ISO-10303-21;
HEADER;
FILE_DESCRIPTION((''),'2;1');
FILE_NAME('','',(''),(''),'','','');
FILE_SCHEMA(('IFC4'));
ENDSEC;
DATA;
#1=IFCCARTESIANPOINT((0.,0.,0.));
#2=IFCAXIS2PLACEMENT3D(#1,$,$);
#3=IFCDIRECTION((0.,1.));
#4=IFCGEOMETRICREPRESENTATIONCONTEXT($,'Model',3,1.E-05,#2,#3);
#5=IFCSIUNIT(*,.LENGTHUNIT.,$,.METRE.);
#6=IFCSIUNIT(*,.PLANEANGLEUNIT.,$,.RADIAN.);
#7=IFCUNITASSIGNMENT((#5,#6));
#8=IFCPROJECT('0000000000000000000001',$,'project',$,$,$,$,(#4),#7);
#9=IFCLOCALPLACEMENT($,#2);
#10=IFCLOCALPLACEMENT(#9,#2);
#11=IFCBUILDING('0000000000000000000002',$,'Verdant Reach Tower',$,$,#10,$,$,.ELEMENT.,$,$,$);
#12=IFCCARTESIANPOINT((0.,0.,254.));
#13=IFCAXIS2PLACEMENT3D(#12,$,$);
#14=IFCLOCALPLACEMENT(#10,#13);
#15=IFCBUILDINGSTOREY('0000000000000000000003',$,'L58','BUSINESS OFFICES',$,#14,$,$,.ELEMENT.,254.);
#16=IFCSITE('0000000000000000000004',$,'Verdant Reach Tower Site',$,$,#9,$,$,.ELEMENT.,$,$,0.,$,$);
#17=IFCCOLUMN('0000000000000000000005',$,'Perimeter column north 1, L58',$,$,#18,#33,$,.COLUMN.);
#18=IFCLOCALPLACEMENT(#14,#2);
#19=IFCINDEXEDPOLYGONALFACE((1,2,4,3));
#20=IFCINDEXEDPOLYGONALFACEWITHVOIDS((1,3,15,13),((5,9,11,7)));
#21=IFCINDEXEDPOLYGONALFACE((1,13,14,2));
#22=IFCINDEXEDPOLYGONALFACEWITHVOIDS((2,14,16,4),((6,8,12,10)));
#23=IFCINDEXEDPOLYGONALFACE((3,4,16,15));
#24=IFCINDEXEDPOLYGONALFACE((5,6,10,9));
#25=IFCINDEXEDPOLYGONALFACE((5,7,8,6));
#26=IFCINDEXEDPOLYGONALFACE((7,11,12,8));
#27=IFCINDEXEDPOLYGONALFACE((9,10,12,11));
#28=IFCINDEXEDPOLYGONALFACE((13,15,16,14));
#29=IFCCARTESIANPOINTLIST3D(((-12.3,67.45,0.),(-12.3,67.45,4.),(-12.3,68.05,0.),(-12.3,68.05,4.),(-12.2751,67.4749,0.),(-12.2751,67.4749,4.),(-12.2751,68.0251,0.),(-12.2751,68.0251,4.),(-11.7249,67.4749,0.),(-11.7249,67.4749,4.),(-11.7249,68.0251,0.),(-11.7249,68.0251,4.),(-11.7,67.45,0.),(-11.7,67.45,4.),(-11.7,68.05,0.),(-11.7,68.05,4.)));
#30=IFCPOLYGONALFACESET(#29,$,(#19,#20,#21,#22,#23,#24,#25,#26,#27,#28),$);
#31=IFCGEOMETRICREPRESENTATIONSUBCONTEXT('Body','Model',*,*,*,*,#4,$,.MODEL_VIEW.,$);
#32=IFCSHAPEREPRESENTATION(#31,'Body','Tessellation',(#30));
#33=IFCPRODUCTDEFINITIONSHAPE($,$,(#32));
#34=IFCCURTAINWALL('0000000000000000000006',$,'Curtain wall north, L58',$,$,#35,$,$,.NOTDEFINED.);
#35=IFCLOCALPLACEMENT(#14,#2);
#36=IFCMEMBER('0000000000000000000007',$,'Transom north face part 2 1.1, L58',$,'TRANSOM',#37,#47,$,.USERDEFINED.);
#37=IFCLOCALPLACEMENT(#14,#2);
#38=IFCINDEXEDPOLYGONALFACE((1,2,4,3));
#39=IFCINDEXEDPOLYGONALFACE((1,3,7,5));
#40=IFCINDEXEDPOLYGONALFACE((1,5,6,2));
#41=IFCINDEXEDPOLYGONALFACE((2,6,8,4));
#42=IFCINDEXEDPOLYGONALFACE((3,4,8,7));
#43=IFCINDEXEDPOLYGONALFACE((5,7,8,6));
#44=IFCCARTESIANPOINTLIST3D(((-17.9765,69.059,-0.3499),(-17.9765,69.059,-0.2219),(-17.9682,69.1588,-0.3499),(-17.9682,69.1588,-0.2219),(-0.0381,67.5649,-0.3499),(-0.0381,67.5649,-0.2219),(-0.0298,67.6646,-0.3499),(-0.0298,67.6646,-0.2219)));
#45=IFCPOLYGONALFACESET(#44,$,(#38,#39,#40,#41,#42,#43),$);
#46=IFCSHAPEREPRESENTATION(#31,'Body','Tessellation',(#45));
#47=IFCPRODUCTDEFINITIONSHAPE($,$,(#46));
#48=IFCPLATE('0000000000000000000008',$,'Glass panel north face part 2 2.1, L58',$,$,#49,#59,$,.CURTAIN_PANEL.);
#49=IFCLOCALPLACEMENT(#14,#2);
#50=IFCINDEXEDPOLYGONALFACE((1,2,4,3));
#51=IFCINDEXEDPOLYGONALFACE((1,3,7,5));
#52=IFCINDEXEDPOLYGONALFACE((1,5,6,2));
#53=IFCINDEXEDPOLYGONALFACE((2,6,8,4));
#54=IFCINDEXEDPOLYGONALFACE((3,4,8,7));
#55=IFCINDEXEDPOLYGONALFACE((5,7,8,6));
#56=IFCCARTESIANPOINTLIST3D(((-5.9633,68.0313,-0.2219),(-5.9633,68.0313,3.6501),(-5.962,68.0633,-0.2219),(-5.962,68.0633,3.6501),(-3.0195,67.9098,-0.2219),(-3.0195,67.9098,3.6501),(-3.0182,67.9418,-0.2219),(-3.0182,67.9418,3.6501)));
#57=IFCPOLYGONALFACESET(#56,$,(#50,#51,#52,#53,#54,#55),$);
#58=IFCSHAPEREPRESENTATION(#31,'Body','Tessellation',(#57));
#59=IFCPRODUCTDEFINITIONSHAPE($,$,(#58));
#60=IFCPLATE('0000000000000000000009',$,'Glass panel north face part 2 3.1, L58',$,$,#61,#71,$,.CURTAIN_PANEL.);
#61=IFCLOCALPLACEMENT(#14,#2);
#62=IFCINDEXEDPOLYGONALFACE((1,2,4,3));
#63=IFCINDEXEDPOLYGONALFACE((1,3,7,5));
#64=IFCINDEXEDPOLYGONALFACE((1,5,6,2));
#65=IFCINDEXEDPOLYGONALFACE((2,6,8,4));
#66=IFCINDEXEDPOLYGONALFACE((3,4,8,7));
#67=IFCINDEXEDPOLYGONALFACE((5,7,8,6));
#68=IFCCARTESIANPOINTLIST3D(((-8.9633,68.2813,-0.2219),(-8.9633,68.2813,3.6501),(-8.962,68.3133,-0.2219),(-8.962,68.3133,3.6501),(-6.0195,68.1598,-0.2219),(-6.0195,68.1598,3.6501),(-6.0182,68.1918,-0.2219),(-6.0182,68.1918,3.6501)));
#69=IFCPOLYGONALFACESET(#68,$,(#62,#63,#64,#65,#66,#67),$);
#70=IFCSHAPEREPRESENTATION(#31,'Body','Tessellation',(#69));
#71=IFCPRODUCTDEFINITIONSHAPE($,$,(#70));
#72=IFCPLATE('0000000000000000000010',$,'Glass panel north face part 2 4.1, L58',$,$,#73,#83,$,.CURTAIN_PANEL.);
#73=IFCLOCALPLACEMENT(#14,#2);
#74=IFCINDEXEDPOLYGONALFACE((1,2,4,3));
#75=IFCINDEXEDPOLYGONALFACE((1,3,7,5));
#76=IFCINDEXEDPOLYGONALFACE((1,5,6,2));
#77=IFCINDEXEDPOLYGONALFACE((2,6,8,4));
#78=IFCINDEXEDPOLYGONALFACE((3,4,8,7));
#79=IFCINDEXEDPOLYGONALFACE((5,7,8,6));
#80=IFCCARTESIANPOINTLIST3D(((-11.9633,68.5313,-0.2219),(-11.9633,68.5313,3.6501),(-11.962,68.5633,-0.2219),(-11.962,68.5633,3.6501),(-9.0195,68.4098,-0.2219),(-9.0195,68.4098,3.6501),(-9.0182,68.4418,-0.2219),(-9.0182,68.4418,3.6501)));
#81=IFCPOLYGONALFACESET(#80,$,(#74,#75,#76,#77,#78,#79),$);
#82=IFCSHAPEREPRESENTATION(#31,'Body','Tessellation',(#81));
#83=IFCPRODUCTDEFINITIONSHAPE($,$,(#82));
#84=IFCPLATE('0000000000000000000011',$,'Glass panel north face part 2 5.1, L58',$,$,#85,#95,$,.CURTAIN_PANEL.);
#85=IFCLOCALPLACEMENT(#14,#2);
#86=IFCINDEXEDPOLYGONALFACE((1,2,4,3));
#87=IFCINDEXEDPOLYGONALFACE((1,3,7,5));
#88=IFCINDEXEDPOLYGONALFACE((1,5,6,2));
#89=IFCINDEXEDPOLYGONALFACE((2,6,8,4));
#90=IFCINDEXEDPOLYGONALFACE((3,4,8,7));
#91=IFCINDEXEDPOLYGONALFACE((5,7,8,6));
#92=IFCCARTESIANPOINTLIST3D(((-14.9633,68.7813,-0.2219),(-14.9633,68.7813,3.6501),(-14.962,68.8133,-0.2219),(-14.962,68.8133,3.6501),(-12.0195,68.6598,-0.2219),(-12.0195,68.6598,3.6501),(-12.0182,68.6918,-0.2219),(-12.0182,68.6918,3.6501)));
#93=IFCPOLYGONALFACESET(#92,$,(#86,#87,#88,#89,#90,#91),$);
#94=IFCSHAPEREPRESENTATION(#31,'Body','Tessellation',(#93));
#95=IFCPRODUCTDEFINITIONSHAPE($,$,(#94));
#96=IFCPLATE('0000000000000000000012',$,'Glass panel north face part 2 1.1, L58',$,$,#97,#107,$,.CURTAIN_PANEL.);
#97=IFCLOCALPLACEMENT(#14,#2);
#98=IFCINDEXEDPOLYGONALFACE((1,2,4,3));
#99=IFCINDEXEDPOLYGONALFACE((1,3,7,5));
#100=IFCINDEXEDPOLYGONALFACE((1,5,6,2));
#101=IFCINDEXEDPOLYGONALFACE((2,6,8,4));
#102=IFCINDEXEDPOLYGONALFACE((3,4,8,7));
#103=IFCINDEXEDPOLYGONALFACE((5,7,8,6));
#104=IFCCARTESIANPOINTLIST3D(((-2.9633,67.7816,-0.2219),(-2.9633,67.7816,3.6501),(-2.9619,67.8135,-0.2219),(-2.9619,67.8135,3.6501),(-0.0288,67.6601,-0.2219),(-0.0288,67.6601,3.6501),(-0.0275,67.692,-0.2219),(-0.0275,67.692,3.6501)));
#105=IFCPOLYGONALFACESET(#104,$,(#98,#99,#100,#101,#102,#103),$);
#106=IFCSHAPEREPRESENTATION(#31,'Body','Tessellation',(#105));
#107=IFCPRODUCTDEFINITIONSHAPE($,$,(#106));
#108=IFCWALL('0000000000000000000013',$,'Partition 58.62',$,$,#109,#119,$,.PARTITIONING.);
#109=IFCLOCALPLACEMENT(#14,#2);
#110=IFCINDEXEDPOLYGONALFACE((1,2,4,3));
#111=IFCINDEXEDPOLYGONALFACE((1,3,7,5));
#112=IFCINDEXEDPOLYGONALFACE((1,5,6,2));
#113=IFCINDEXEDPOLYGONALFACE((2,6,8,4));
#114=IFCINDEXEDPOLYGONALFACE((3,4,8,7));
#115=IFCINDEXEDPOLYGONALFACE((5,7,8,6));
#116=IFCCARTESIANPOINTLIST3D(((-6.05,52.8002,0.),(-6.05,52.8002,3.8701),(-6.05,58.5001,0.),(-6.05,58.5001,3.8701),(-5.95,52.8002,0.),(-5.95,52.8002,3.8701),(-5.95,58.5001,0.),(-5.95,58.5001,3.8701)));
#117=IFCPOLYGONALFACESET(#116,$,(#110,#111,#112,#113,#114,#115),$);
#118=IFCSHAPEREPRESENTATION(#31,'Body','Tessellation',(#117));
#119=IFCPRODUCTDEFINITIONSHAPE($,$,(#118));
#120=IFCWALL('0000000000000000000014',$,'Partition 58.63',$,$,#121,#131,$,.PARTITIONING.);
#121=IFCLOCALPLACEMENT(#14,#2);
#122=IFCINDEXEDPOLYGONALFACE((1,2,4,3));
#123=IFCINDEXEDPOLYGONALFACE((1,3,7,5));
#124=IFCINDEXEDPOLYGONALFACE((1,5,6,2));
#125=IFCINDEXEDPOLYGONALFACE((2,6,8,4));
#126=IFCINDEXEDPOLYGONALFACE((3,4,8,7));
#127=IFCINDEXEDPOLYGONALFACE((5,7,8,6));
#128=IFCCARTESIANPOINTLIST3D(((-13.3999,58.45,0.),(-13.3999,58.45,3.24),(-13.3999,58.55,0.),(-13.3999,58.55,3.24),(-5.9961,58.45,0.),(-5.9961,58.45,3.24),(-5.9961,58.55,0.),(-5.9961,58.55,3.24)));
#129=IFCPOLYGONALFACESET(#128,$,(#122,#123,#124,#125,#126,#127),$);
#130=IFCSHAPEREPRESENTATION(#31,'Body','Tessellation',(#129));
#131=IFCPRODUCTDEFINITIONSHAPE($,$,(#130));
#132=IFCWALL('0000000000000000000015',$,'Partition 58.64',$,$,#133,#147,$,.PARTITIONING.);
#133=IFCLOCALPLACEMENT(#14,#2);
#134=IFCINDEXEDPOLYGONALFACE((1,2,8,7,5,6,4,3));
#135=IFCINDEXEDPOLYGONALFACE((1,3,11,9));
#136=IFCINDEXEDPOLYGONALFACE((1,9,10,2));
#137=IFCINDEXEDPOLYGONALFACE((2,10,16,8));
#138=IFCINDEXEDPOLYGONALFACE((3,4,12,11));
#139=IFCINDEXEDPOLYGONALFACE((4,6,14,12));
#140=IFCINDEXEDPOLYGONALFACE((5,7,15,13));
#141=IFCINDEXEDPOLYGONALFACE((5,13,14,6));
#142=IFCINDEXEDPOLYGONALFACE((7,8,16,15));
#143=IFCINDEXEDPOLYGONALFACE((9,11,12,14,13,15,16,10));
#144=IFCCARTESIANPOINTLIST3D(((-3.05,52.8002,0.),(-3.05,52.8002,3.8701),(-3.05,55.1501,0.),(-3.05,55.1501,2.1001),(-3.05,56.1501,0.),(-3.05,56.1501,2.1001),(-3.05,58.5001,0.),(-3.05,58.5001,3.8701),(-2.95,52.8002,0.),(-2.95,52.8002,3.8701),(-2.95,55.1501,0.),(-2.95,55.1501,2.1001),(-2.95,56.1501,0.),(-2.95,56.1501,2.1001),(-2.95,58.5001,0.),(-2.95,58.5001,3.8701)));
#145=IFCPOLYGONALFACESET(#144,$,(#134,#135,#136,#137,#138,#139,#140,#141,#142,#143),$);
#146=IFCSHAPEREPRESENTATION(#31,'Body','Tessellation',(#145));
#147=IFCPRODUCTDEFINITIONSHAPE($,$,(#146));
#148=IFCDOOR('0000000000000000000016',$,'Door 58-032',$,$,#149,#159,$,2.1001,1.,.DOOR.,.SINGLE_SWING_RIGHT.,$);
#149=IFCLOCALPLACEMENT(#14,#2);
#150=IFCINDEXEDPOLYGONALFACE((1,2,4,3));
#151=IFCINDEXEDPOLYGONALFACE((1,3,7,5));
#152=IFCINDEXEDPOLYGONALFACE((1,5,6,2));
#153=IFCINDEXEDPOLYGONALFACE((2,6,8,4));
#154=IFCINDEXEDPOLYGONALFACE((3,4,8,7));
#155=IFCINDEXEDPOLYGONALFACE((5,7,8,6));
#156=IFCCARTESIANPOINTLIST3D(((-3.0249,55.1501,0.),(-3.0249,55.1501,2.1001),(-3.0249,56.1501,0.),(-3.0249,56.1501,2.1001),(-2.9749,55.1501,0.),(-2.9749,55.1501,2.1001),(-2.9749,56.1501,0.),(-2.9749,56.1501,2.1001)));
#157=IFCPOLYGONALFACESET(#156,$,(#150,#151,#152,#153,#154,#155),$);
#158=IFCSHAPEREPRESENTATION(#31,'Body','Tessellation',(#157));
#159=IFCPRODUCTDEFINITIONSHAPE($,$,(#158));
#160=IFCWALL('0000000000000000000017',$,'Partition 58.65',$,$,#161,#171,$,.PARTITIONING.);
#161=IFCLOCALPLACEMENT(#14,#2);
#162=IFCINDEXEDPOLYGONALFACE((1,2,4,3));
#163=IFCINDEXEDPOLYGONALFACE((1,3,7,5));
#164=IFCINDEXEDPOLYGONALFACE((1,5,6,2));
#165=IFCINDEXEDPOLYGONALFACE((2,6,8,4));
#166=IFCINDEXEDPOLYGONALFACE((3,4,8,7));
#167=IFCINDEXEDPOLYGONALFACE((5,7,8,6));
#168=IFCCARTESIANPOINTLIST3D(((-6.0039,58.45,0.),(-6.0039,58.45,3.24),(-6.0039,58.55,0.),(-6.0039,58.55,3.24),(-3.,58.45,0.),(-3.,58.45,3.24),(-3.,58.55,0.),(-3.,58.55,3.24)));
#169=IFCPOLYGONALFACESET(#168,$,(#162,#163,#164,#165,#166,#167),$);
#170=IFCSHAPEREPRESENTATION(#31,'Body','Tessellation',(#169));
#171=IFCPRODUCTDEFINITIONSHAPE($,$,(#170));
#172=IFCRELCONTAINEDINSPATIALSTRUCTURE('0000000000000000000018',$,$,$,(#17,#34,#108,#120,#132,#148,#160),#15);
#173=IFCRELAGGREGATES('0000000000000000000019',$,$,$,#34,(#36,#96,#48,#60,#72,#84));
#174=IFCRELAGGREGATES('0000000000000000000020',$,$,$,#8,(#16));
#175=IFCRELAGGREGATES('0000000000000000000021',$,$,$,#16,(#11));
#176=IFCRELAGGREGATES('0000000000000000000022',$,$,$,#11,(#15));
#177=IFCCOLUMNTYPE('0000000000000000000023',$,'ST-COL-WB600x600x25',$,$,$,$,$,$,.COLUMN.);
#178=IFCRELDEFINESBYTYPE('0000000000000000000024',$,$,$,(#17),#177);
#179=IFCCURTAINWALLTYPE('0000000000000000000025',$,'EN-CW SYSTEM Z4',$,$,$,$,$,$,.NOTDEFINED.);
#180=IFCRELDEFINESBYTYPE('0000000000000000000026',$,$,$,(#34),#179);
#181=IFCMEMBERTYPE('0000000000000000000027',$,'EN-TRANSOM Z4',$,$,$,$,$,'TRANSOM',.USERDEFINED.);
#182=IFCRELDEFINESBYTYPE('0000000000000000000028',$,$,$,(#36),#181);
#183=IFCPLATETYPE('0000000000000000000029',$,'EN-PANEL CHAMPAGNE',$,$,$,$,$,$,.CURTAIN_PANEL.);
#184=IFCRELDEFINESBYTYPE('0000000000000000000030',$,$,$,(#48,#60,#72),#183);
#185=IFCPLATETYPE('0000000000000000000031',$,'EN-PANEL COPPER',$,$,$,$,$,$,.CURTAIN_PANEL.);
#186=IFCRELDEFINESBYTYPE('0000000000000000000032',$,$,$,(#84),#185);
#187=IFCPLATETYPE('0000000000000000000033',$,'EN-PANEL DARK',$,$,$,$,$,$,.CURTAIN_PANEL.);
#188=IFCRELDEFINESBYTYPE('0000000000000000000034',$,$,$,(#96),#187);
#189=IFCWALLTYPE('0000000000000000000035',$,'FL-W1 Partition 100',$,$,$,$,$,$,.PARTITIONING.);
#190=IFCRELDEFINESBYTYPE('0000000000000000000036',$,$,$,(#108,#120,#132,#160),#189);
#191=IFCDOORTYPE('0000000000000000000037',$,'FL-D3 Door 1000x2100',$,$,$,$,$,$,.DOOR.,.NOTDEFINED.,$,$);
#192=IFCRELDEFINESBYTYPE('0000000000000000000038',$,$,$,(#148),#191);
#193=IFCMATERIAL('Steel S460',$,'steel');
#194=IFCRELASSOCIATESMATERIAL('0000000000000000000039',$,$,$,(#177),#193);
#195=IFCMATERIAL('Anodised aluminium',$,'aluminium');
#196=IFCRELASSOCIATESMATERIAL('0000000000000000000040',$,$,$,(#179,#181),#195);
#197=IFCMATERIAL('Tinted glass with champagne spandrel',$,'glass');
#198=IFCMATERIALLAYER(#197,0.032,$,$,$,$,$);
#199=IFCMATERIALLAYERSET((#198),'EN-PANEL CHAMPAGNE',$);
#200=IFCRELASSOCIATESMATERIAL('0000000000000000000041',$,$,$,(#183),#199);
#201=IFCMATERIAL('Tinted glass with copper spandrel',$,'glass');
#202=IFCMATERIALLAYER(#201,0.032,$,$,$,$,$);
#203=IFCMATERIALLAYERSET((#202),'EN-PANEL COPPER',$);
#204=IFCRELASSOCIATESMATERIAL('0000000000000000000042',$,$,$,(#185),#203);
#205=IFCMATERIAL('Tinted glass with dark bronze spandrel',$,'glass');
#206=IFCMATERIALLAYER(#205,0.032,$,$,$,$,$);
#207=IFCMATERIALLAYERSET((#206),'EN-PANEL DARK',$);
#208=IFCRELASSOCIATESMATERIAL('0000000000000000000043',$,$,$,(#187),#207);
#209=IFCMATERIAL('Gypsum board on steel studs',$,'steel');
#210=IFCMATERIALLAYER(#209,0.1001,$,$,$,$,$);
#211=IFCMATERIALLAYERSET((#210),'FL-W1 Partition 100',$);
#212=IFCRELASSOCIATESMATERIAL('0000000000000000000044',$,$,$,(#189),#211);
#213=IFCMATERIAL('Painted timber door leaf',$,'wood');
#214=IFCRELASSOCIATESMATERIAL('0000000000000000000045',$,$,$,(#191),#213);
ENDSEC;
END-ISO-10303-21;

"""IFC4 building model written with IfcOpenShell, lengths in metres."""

from ifc_helpers import new_model, si_unit, direction, frame, frame_2d, origin, origin_2d, place, context, subcontext, project, spatial, rectangle, hollow_rectangle, extrude, material, layer, layer_set, material_profile, profile_set, type_object, element, fill, aggregate, save


model = new_model("IFC4")

# Units and contexts
model_context = context("Model", 3, precision=1e-05, world=origin(), true_north=direction((0.0, 1.0)))
body_context = subcontext(model_context, "Body", "Model", "MODEL_VIEW")
ifc_project = project(units=[si_unit("LENGTHUNIT", "METRE"), si_unit("PLANEANGLEUNIT", "RADIAN")], contexts=[model_context])

# Site, building, storey
site_placement = place(None, origin())
site = spatial("IfcSite", under=ifc_project, at=site_placement, Name="Verdant Reach Tower Site", CompositionType="ELEMENT", RefElevation=0.0)
building_placement = place(site_placement, origin())
building = spatial("IfcBuilding", under=site, at=building_placement, Name="Verdant Reach Tower", CompositionType="ELEMENT")
storey_placement = place(building_placement, frame((0.0, 0.0, 254.0)))
storey = spatial("IfcBuildingStorey", under=building, at=storey_placement, Name="L58", Description="BUSINESS OFFICES", CompositionType="ELEMENT", Elevation=254.0)

# Column
ifc_material_1 = material(Name="Steel S460", Category="steel")
ifc_material_profile_1 = material_profile(ifc_material_1, hollow_rectangle(XDim=0.6001, YDim=0.6001, WallThickness=0.0249, at=origin_2d()), Name="WB 600x600x25")
ifc_profile_set_1 = profile_set([ifc_material_profile_1], Name="Steel S460")
column_type = type_object("IfcColumnType", Name="ST-COL-WB600x600x25", PredefinedType="COLUMN", material=ifc_profile_set_1)
column_placement = place(storey_placement, frame((-12.0, 67.75, 0.0), z_axis=(0.0, 0.0, 1.0), x_axis=(1.0, 0.0, 0.0)))
element("IfcColumn", 1, at=column_placement, inside=storey, type_object=column_type, Name="Perimeter column north 1, L58", PredefinedType="COLUMN", context=body_context, shape_type="SweptSolid", body=[
    extrude(hollow_rectangle(XDim=0.6001, YDim=0.6001, WallThickness=0.0249, at=origin_2d()), origin(), (0.0, 0.0, 1.0), 4.0),
])

# Curtain wall, member, plates
ifc_material_2 = material(Name="Anodised aluminium", Category="aluminium")
curtain_wall_type = type_object("IfcCurtainWallType", Name="EN-CW SYSTEM Z4", PredefinedType="NOTDEFINED", material=ifc_material_2)
curtain_wall_placement = place(storey_placement, origin())
curtain_wall = element("IfcCurtainWall", 2, at=curtain_wall_placement, inside=storey, type_object=curtain_wall_type, Name="Curtain wall north, L58", PredefinedType="NOTDEFINED")
ifc_material_profile_2 = material_profile(ifc_material_2, rectangle(XDim=0.1001, YDim=0.1279, at=origin_2d()), Name="Transom 128x100")
ifc_profile_set_2 = profile_set([ifc_material_profile_2], Name="Anodised aluminium")
member_type = type_object("IfcMemberType", Name="EN-TRANSOM Z4", ElementType="TRANSOM", PredefinedType="USERDEFINED", material=ifc_profile_set_2)
member_placement = place(storey_placement, frame((-0.0339, 67.6147, -0.2859), z_axis=(-0.996549, 0.083005, 0.0), x_axis=(-0.083005, -0.996549, 0.0)))
member = element("IfcMember", 3, at=member_placement, type_object=member_type, Name="Transom north face part 2 1.1, L58", ObjectType="TRANSOM", PredefinedType="USERDEFINED", context=body_context, shape_type="SweptSolid", body=[
    extrude(rectangle(XDim=0.1001, YDim=0.1279, at=origin_2d()), origin(), (0.0, 0.0, 1.0), 18.0005),
])
ifc_material_3 = material(Name="Tinted glass with champagne spandrel", Category="glass")
ifc_layer_1 = layer(ifc_material_3, 0.032)
ifc_layer_set_1 = layer_set([ifc_layer_1], Name="EN-PANEL CHAMPAGNE")
plate_type_1 = type_object("IfcPlateType", Name="EN-PANEL CHAMPAGNE", PredefinedType="CURTAIN_PANEL", material=ifc_layer_set_1)
plate_1_placement = place(storey_placement, frame((-4.4907, 67.9866, -0.2219), z_axis=(0.0, 0.0, 1.0), x_axis=(-0.999149, 0.041242, 0.0)))
plate_1 = element("IfcPlate", 4, at=plate_1_placement, type_object=plate_type_1, Name="Glass panel north face part 2 2.1, L58", PredefinedType="CURTAIN_PANEL", context=body_context, shape_type="SweptSolid", body=[
    extrude(rectangle(XDim=2.9463, YDim=0.032, at=origin_2d()), origin(), (0.0, 0.0, 1.0), 3.8721),
])
plate_2_placement = place(storey_placement, frame((-7.4907, 68.2366, -0.2219), z_axis=(0.0, 0.0, 1.0), x_axis=(-0.999149, 0.041242, 0.0)))
plate_2 = element("IfcPlate", 5, at=plate_2_placement, type_object=plate_type_1, Name="Glass panel north face part 2 3.1, L58", PredefinedType="CURTAIN_PANEL", context=body_context, shape_type="SweptSolid", body=[
    extrude(rectangle(XDim=2.9463, YDim=0.032, at=origin_2d()), origin(), (0.0, 0.0, 1.0), 3.8721),
])
plate_3_placement = place(storey_placement, frame((-10.4907, 68.4866, -0.2219), z_axis=(0.0, 0.0, 1.0), x_axis=(-0.999149, 0.041242, 0.0)))
plate_3 = element("IfcPlate", 6, at=plate_3_placement, type_object=plate_type_1, Name="Glass panel north face part 2 4.1, L58", PredefinedType="CURTAIN_PANEL", context=body_context, shape_type="SweptSolid", body=[
    extrude(rectangle(XDim=2.9463, YDim=0.032, at=origin_2d()), origin(), (0.0, 0.0, 1.0), 3.8721),
])
ifc_material_4 = material(Name="Tinted glass with copper spandrel", Category="glass")
ifc_layer_2 = layer(ifc_material_4, 0.032)
ifc_layer_set_2 = layer_set([ifc_layer_2], Name="EN-PANEL COPPER")
plate_type_2 = type_object("IfcPlateType", Name="EN-PANEL COPPER", PredefinedType="CURTAIN_PANEL", material=ifc_layer_set_2)
plate_4_placement = place(storey_placement, frame((-13.4907, 68.7366, -0.2219), z_axis=(0.0, 0.0, 1.0), x_axis=(-0.999149, 0.041242, 0.0)))
plate_4 = element("IfcPlate", 7, at=plate_4_placement, type_object=plate_type_2, Name="Glass panel north face part 2 5.1, L58", PredefinedType="CURTAIN_PANEL", context=body_context, shape_type="SweptSolid", body=[
    extrude(rectangle(XDim=2.9463, YDim=0.032, at=origin_2d()), origin(), (0.0, 0.0, 1.0), 3.8721),
])
ifc_material_5 = material(Name="Tinted glass with dark bronze spandrel", Category="glass")
ifc_layer_3 = layer(ifc_material_5, 0.032)
ifc_layer_set_3 = layer_set([ifc_layer_3], Name="EN-PANEL DARK")
plate_type_3 = type_object("IfcPlateType", Name="EN-PANEL DARK", PredefinedType="CURTAIN_PANEL", material=ifc_layer_set_3)
plate_5_placement = place(storey_placement, frame((-1.4954, 67.7368, -0.2219), z_axis=(0.0, 0.0, 1.0), x_axis=(-0.999144, 0.04137, 0.0)))
plate_5 = element("IfcPlate", 8, at=plate_5_placement, type_object=plate_type_3, Name="Glass panel north face part 2 1.1, L58", PredefinedType="CURTAIN_PANEL", context=body_context, shape_type="SweptSolid", body=[
    extrude(rectangle(XDim=2.937, YDim=0.032, at=origin_2d()), origin(), (0.0, 0.0, 1.0), 3.8721),
])
aggregate(curtain_wall, [member, plate_5, plate_1, plate_2, plate_3, plate_4])

# Walls
ifc_material_6 = material(Name="Gypsum board on steel studs", Category="steel")
ifc_layer_4 = layer(ifc_material_6, 0.1001)
ifc_layer_set_4 = layer_set([ifc_layer_4], Name="FL-W1 Partition 100")
wall_type_1 = type_object("IfcWallType", Name="FL-W1 Partition 100", PredefinedType="PARTITIONING", material=ifc_layer_set_4)
wall_1_placement = place(storey_placement, frame((-6.0, 52.8, 0.0), z_axis=(0.0, 0.0, 1.0), x_axis=(0.0, 1.0, 0.0)))
element("IfcWall", 9, at=wall_1_placement, inside=storey, type_object=wall_type_1, Name="Partition 58.62", PredefinedType="PARTITIONING", context=body_context, shape_type="SweptSolid", body=[
    extrude(rectangle(XDim=5.7, YDim=0.1001, at=frame_2d((2.8501, 0.0))), origin(), (0.0, 0.0, 1.0), 3.8701),
])
wall_2_placement = place(storey_placement, frame((-5.9961, 58.5, 0.0), z_axis=(0.0, 0.0, 1.0), x_axis=(-1.0, 0.0, 0.0)))
element("IfcWall", 10, at=wall_2_placement, inside=storey, type_object=wall_type_1, Name="Partition 58.63", PredefinedType="PARTITIONING", context=body_context, shape_type="SweptSolid", body=[
    extrude(rectangle(XDim=7.4038, YDim=0.1001, at=frame_2d((3.7019, 0.0))), origin(), (0.0, 0.0, 1.0), 3.24),
])

# Wall, opening, door
wall_3_placement = place(storey_placement, frame((-3.0, 52.8, 0.0), z_axis=(0.0, 0.0, 1.0), x_axis=(0.0, 1.0, 0.0)))
wall_3 = element("IfcWall", 11, at=wall_3_placement, inside=storey, type_object=wall_type_1, Name="Partition 58.64", PredefinedType="PARTITIONING", context=body_context, shape_type="SweptSolid", body=[
    extrude(rectangle(XDim=5.7, YDim=0.1001, at=frame_2d((2.8501, 0.0))), origin(), (0.0, 0.0, 1.0), 3.8701),
])
opening_1_placement = place(wall_3_placement, frame((2.3501, 0.0, 0.0)))
opening_1 = element("IfcOpeningElement", 12, at=opening_1_placement, cuts=wall_3, PredefinedType="OPENING", context=body_context, shape_type="SweptSolid", body=[
    extrude(rectangle(XDim=1.0, YDim=2.1001, at=frame_2d((0.5, 1.05))), frame((0.0, 0.0601, 0.0), z_axis=(0.0, -1.0, 0.0), x_axis=(1.0, 0.0, 0.0)), (0.0, 0.0, 1.0), 0.1201),
])
ifc_material_7 = material(Name="Painted timber door leaf", Category="wood")
door_type_1 = type_object("IfcDoorType", Name="FL-D3 Door 1000x2100", OperationType="NOTDEFINED", PredefinedType="DOOR", material=ifc_material_7)
door_1_placement = place(opening_1_placement, origin())
door_1 = element("IfcDoor", 13, at=door_1_placement, inside=storey, type_object=door_type_1, Name="Door 58-032", OperationType="SINGLE_SWING_RIGHT", OverallHeight=2.1001, OverallWidth=1.0, PredefinedType="DOOR", context=body_context, shape_type="SweptSolid", body=[
    extrude(rectangle(XDim=1.0, YDim=2.1001, at=frame_2d((0.5, 1.05))), frame((0.0, 0.0249, 0.0), z_axis=(0.0, -1.0, 0.0), x_axis=(1.0, 0.0, 0.0)), (0.0, 0.0, 1.0), 0.05),
])
fill(opening_1, door_1)

# Wall
wall_4_placement = place(storey_placement, frame((-3.0, 58.5, 0.0), z_axis=(0.0, 0.0, 1.0), x_axis=(-1.0, 0.0, 0.0)))
element("IfcWall", 14, at=wall_4_placement, inside=storey, type_object=wall_type_1, Name="Partition 58.65", PredefinedType="PARTITIONING", context=body_context, shape_type="SweptSolid", body=[
    extrude(rectangle(XDim=3.0039, YDim=0.1001, at=frame_2d((1.502, 0.0))), origin(), (0.0, 0.0, 1.0), 3.24),
])

save(model, "model.ifc")
